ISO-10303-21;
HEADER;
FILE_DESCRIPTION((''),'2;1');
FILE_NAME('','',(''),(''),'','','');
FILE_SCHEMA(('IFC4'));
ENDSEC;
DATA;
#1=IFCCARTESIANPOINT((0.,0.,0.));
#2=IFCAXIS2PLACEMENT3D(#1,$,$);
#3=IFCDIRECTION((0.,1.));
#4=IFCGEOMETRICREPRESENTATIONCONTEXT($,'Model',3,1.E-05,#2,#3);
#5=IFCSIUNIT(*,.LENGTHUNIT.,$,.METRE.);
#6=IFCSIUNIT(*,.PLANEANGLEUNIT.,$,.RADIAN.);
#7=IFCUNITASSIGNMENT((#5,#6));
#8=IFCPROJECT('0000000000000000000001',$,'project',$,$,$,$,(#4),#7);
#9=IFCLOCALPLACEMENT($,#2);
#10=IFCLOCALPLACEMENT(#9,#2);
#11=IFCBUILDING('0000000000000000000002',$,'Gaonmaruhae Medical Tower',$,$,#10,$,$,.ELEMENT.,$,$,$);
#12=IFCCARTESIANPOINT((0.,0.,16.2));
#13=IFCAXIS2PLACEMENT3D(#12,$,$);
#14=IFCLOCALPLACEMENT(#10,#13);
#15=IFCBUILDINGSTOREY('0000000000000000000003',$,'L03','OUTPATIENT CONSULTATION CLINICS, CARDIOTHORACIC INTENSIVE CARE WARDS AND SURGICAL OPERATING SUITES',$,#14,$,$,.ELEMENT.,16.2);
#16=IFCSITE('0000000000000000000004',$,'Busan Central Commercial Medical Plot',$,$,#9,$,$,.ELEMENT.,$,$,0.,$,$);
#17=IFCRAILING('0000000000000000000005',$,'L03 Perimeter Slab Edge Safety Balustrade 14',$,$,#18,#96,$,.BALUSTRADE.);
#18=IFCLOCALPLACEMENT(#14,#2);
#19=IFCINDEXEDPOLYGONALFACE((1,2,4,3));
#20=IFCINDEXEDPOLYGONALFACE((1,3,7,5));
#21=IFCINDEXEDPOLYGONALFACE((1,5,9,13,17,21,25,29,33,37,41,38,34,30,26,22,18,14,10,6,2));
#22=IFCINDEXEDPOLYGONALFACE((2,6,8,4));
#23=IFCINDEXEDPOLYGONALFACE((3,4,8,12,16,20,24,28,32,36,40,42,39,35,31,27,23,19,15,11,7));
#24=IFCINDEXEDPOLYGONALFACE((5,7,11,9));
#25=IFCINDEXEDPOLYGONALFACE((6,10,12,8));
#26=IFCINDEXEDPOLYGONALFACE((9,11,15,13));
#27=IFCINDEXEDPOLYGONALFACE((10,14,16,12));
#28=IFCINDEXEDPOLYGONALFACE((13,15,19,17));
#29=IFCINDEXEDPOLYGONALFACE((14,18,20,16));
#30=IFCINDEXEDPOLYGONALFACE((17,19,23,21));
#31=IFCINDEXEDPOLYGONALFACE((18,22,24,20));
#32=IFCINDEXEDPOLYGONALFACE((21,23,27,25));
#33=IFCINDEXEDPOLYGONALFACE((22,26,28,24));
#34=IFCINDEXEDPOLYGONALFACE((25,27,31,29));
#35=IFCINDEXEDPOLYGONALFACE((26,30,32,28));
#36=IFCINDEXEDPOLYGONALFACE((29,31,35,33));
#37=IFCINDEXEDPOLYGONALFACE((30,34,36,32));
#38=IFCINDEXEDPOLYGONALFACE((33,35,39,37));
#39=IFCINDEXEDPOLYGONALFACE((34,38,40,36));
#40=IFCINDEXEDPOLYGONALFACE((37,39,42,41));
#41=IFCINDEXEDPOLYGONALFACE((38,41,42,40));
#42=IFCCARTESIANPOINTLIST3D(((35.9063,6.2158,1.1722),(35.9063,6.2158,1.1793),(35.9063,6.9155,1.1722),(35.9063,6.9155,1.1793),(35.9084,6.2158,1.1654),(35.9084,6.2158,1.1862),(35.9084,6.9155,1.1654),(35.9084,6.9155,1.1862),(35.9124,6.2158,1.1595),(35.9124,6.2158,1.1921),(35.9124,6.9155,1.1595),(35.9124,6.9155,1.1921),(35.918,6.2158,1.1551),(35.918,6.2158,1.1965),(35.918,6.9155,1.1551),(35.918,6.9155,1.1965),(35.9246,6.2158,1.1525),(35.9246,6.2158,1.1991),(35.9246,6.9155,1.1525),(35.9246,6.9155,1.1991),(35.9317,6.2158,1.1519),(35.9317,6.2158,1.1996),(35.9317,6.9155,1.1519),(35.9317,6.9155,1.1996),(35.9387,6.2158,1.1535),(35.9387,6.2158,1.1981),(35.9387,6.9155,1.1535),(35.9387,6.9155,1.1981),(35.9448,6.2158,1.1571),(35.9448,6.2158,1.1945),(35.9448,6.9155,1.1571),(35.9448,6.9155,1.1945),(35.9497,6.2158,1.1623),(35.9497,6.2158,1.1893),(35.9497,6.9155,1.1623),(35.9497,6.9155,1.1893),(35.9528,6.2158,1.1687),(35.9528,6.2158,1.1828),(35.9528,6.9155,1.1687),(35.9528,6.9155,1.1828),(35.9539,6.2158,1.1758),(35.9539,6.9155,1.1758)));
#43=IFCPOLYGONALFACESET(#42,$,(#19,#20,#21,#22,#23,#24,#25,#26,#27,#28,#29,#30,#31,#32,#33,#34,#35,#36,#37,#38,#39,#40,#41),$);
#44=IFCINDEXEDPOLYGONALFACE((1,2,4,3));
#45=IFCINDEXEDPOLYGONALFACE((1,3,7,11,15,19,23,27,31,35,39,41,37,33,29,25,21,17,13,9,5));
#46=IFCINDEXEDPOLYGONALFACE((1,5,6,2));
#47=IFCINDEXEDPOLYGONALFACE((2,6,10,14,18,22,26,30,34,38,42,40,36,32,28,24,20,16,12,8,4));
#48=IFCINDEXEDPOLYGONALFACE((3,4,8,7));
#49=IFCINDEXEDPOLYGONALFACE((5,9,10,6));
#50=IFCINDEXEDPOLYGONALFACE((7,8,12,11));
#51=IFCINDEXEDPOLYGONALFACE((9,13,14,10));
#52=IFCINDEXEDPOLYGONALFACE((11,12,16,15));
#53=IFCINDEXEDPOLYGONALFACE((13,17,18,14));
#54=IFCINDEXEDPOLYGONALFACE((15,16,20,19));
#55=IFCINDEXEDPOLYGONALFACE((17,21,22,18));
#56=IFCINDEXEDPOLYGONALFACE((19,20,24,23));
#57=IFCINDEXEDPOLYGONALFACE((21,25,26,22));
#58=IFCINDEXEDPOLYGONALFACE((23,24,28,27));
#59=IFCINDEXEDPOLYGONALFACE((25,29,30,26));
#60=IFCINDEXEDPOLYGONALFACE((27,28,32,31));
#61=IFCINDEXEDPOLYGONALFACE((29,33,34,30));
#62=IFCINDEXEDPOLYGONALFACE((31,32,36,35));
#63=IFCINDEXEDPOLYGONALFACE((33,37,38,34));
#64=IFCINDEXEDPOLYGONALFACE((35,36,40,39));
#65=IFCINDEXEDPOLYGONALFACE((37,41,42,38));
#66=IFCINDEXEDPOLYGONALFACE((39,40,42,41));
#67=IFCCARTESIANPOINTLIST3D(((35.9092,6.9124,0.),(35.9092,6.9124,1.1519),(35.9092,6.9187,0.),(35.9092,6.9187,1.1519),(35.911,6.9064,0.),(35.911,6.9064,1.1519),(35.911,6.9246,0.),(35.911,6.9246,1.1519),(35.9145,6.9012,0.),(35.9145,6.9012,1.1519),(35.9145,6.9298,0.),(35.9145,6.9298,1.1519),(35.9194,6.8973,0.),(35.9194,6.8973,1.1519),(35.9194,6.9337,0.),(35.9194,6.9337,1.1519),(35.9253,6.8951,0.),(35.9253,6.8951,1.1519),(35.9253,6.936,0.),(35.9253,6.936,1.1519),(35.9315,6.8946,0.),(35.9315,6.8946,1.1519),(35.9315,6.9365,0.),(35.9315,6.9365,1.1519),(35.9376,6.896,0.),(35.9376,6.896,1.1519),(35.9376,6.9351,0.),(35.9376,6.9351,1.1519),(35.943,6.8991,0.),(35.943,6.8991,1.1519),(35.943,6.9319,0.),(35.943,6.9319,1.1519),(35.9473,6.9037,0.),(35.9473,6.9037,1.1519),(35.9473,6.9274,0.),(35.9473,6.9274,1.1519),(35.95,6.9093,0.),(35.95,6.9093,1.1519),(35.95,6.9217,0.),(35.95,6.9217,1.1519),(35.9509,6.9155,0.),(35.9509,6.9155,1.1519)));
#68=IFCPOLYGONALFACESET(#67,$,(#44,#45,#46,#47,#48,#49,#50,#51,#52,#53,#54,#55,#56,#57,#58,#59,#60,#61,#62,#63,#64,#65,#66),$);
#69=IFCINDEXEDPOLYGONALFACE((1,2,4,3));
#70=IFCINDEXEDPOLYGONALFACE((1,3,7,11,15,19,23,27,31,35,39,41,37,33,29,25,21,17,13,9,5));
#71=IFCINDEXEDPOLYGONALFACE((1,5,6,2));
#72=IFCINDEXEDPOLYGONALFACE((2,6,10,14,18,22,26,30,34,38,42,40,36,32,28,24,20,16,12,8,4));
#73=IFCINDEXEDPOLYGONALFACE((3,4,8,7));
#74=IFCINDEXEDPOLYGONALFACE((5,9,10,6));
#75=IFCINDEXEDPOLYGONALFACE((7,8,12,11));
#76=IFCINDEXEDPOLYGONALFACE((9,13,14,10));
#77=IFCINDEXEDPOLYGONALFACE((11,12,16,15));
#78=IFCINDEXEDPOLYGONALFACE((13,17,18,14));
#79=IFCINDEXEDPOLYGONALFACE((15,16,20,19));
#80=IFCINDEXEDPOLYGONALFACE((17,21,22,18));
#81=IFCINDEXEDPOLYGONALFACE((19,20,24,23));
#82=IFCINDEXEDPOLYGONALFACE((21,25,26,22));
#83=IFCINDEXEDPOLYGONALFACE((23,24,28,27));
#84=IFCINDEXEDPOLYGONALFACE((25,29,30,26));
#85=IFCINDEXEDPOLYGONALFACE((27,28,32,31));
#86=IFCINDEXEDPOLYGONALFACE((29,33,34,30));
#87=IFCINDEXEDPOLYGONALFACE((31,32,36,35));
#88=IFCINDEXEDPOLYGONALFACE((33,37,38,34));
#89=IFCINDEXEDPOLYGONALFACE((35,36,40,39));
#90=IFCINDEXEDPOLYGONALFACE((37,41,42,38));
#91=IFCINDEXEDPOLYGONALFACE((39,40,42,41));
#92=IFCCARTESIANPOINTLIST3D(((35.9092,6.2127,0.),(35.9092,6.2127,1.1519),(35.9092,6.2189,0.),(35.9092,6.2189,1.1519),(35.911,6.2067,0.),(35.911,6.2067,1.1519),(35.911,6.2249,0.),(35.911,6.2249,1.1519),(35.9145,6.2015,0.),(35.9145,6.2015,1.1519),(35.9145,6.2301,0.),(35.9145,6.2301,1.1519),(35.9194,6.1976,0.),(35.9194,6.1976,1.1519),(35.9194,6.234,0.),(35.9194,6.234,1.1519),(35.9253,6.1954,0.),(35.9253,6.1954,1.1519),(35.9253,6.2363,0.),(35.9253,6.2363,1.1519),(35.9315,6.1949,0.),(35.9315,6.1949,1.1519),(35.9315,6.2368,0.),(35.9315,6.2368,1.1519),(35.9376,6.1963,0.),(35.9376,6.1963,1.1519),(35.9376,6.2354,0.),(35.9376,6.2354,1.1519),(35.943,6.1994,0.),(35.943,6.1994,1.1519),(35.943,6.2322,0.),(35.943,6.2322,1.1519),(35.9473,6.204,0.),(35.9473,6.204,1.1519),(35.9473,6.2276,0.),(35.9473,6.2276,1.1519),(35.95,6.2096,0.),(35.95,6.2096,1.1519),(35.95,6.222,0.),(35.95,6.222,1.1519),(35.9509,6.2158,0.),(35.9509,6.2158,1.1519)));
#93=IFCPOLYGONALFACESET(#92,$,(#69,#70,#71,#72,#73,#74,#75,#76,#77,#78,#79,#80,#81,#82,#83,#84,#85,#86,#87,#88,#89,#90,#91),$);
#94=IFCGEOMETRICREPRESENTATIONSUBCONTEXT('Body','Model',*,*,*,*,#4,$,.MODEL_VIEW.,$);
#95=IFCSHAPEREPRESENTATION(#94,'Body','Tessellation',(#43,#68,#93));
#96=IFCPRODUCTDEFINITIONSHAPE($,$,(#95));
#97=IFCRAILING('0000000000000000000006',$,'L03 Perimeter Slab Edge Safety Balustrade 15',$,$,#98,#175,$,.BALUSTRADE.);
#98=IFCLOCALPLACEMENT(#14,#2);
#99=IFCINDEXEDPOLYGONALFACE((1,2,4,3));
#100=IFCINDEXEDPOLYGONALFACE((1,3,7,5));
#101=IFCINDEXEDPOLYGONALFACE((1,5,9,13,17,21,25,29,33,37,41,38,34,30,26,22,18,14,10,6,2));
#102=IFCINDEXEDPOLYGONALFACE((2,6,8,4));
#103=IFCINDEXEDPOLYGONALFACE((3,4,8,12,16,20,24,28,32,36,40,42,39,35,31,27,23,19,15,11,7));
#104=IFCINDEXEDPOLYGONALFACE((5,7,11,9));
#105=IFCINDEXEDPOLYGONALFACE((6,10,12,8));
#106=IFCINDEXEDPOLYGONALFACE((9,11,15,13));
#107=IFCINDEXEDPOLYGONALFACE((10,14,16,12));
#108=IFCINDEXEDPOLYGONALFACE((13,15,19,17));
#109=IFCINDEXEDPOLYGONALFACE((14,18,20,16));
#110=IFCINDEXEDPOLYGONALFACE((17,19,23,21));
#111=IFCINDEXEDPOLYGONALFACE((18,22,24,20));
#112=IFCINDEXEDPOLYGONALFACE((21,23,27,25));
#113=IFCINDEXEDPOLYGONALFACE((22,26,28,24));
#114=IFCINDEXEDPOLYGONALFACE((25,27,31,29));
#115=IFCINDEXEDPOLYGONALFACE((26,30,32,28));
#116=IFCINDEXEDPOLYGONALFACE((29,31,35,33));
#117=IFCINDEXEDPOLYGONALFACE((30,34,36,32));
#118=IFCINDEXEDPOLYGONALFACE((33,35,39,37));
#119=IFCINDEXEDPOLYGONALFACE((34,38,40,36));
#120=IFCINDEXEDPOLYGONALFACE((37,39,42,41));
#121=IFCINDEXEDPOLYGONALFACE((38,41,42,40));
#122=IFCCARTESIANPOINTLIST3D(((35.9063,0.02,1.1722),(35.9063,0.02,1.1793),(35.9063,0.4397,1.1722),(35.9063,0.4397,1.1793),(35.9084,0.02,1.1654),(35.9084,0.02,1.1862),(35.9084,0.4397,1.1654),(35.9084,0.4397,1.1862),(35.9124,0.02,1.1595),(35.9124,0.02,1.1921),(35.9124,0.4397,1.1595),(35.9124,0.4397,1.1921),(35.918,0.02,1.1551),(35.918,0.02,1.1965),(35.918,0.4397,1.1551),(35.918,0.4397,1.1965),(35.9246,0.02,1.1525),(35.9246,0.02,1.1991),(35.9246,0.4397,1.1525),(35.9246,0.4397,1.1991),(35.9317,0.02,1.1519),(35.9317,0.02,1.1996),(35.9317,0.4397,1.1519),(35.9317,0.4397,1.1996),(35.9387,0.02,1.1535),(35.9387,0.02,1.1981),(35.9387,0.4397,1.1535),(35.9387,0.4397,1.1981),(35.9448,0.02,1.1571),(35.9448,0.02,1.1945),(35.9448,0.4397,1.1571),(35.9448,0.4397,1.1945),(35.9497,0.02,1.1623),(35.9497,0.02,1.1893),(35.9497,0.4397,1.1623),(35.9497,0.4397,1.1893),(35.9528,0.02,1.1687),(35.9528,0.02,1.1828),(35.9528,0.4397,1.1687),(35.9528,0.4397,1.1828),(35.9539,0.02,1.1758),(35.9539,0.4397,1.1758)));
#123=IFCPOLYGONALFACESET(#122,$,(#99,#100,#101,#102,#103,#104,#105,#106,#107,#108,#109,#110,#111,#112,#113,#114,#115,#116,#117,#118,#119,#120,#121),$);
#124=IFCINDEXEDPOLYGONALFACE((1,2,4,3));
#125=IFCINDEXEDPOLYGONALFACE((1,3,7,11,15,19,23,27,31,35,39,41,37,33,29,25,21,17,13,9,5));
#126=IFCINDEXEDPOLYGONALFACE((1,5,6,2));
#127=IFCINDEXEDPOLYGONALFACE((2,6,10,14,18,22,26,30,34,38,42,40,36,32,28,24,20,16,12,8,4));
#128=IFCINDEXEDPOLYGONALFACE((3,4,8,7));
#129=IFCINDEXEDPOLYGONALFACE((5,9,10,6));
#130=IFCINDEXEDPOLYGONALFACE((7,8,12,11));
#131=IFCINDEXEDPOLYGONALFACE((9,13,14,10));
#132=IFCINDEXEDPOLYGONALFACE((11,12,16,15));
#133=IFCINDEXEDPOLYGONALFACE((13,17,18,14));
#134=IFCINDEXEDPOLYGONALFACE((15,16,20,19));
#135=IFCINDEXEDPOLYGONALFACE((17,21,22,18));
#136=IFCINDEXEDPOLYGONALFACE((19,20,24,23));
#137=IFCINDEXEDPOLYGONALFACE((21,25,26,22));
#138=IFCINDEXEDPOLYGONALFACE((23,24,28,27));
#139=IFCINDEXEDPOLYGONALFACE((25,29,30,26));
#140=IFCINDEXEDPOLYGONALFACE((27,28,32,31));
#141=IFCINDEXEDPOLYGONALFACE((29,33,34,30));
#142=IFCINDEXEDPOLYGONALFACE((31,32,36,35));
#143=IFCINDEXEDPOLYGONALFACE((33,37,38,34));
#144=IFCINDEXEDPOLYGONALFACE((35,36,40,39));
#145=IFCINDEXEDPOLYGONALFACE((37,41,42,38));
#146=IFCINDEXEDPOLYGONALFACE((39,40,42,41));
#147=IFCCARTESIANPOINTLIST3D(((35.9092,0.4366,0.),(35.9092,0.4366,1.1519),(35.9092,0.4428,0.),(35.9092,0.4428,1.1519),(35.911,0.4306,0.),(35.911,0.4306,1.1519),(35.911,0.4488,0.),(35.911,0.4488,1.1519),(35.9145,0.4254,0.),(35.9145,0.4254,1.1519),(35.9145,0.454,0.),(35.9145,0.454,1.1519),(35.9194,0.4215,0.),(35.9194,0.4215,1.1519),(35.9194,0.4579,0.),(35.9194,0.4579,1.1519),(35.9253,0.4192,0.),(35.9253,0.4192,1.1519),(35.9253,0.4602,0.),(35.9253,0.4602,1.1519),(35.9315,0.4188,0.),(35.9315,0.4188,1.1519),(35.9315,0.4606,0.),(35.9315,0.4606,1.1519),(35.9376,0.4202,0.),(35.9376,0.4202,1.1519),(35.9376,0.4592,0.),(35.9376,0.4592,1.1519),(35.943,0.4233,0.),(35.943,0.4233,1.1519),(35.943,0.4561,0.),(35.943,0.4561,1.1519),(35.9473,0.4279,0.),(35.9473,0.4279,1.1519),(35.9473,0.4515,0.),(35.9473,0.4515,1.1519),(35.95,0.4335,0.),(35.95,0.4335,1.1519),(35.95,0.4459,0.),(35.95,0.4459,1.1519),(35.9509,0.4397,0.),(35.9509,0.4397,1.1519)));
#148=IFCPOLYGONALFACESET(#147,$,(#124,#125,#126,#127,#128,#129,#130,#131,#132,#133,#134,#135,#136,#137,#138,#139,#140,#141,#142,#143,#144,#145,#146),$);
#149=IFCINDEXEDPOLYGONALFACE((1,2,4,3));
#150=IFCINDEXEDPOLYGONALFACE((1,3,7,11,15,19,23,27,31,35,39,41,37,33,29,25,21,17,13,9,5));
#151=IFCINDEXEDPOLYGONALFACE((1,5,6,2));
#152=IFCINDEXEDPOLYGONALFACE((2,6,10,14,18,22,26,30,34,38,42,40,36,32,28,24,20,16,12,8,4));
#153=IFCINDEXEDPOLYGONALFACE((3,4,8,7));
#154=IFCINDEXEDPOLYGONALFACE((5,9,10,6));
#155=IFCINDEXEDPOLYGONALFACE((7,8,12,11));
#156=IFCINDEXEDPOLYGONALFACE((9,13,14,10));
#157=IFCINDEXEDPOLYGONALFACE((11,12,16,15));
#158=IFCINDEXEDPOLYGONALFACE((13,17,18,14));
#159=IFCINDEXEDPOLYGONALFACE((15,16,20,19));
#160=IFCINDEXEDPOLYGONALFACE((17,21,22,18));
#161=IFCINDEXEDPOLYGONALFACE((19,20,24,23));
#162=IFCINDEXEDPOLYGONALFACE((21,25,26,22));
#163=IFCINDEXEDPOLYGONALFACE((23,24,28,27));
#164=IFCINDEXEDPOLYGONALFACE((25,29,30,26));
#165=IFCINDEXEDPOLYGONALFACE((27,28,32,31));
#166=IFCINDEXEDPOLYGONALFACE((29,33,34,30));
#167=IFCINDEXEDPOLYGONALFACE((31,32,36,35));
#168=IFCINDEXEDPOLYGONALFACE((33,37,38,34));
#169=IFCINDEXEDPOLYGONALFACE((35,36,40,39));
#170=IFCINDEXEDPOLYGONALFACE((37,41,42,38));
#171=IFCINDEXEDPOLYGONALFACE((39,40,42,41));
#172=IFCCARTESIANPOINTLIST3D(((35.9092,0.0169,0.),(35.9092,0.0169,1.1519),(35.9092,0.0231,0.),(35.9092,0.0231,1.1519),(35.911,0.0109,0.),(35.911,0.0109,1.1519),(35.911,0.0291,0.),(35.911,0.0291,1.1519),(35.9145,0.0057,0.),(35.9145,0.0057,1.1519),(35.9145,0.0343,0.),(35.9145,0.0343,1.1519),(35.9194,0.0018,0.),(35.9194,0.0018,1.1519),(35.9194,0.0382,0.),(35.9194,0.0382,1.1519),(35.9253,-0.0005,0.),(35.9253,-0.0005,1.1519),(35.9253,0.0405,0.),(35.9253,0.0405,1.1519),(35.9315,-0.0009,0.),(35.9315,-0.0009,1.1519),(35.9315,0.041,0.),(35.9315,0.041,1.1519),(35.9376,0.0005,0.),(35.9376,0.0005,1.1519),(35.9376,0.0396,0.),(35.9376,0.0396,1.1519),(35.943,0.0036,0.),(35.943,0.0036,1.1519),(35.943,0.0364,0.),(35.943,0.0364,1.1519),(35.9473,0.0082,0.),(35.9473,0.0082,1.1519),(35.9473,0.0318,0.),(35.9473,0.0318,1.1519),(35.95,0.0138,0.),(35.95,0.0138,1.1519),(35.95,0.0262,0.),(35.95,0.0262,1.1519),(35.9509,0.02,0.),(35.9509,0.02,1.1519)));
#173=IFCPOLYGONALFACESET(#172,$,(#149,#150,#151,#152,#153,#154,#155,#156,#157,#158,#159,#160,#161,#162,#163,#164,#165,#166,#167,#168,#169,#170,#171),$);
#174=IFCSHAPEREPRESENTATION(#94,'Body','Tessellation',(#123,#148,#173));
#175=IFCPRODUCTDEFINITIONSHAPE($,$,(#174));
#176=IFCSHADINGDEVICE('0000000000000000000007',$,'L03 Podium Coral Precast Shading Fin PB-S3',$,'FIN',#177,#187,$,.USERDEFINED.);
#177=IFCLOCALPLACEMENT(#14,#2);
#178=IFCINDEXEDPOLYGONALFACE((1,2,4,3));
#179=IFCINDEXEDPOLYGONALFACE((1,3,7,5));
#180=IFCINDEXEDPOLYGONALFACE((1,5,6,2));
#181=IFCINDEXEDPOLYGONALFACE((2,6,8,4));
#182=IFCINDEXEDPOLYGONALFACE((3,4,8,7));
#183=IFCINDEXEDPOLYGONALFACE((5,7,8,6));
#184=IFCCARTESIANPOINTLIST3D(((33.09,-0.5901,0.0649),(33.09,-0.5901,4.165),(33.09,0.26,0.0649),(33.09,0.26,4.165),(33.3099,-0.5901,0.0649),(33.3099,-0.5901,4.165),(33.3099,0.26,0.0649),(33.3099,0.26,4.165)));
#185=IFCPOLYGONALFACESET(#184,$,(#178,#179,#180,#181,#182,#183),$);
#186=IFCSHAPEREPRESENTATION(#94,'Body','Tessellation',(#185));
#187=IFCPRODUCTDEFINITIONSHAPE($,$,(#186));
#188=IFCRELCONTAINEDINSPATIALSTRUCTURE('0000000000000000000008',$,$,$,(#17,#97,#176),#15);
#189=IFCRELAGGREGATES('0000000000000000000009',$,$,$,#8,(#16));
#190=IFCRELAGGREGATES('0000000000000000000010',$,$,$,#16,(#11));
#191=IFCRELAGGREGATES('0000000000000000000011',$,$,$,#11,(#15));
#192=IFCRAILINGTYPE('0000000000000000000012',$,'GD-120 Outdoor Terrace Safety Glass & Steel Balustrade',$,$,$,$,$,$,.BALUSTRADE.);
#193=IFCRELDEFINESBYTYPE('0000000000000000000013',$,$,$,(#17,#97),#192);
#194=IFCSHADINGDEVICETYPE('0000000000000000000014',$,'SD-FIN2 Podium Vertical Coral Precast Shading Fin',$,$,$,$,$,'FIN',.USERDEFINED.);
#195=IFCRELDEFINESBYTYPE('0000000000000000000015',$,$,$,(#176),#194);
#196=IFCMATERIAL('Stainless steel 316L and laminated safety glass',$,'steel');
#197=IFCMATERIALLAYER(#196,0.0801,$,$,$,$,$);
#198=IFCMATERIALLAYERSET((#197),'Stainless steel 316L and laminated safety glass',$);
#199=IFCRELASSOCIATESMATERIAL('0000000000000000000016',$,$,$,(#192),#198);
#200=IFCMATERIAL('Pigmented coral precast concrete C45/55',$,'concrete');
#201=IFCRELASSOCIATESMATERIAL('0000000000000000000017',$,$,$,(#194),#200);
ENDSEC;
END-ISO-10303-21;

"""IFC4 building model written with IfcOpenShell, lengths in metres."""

from ifc_helpers import new_model, si_unit, direction, frame, origin, origin_2d, place, context, subcontext, project, spatial, rectangle, circle, extrude, material, layer, layer_set, type_object, element, save


model = new_model("IFC4")

# Units and contexts
model_context = context("Model", 3, precision=1e-05, world=origin(), true_north=direction((0.0, 1.0)))
body_context = subcontext(model_context, "Body", "Model", "MODEL_VIEW")
ifc_project = project(units=[si_unit("LENGTHUNIT", "METRE"), si_unit("PLANEANGLEUNIT", "RADIAN")], contexts=[model_context])

# Site, building, storey
site_placement = place(None, origin())
site = spatial("IfcSite", under=ifc_project, at=site_placement, Name="Busan Central Commercial Medical Plot", CompositionType="ELEMENT", RefElevation=0.0)
building_placement = place(site_placement, origin())
building = spatial("IfcBuilding", under=site, at=building_placement, Name="Gaonmaruhae Medical Tower", CompositionType="ELEMENT")
storey_placement = place(building_placement, frame((0.0, 0.0, 16.2)))
storey = spatial("IfcBuildingStorey", under=building, at=storey_placement, Name="L03", Description="OUTPATIENT CONSULTATION CLINICS, CARDIOTHORACIC INTENSIVE CARE WARDS AND SURGICAL OPERATING SUITES", CompositionType="ELEMENT", Elevation=16.2)

# Railings
ifc_material_1 = material(Name="Stainless steel 316L and laminated safety glass", Category="steel")
ifc_layer_1 = layer(ifc_material_1, 0.0801)
ifc_layer_set_1 = layer_set([ifc_layer_1], Name="Stainless steel 316L and laminated safety glass")
railing_type_1 = type_object("IfcRailingType", Name="GD-120 Outdoor Terrace Safety Glass & Steel Balustrade", PredefinedType="BALUSTRADE", material=ifc_layer_set_1)
railing_1_placement = place(storey_placement, frame((35.9299, 6.9155, 0.0)))
element("IfcRailing", 1, at=railing_1_placement, inside=storey, type_object=railing_type_1, Name="L03 Perimeter Slab Edge Safety Balustrade 14", PredefinedType="BALUSTRADE", context=body_context, shape_type="SweptSolid", body=[
    extrude(circle(Radius=0.0239, at=origin_2d()), frame((0.0, 0.0, 1.1758), z_axis=(0.0, -1.0, 0.0), x_axis=(1.0, 0.0, 0.0)), (0.0, 0.0, 1.0), 0.6997),
    extrude(circle(Radius=0.021, at=origin_2d()), origin(), (0.0, 0.0, 1.0), 1.1519),
    extrude(circle(Radius=0.021, at=origin_2d()), frame((0.0, -0.6997, 0.0)), (0.0, 0.0, 1.0), 1.1519),
])
railing_2_placement = place(storey_placement, frame((35.9299, 0.4397, 0.0)))
element("IfcRailing", 2, at=railing_2_placement, inside=storey, type_object=railing_type_1, Name="L03 Perimeter Slab Edge Safety Balustrade 15", PredefinedType="BALUSTRADE", context=body_context, shape_type="SweptSolid", body=[
    extrude(circle(Radius=0.0239, at=origin_2d()), frame((0.0, 0.0, 1.1758), z_axis=(0.0, -1.0, 0.0), x_axis=(1.0, 0.0, 0.0)), (0.0, 0.0, 1.0), 0.4197),
    extrude(circle(Radius=0.021, at=origin_2d()), origin(), (0.0, 0.0, 1.0), 1.1519),
    extrude(circle(Radius=0.021, at=origin_2d()), frame((0.0, -0.4197, 0.0)), (0.0, 0.0, 1.0), 1.1519),
])

# Shading device
ifc_material_2 = material(Name="Pigmented coral precast concrete C45/55", Category="concrete")
shading_device_type = type_object("IfcShadingDeviceType", Name="SD-FIN2 Podium Vertical Coral Precast Shading Fin", ElementType="FIN", PredefinedType="USERDEFINED", material=ifc_material_2)
shading_device_placement = place(storey_placement, frame((33.2, -0.165, 0.0649), z_axis=(0.0, 0.0, 1.0), x_axis=(-1.0, 0.0, 0.0)))
element("IfcShadingDevice", 3, at=shading_device_placement, inside=storey, type_object=shading_device_type, Name="L03 Podium Coral Precast Shading Fin PB-S3", ObjectType="FIN", PredefinedType="USERDEFINED", context=body_context, shape_type="SweptSolid", body=[
    extrude(rectangle(XDim=0.22, YDim=0.8501, at=origin_2d()), origin(), (0.0, 0.0, 1.0), 4.1001),
])

save(model, "model.ifc")
